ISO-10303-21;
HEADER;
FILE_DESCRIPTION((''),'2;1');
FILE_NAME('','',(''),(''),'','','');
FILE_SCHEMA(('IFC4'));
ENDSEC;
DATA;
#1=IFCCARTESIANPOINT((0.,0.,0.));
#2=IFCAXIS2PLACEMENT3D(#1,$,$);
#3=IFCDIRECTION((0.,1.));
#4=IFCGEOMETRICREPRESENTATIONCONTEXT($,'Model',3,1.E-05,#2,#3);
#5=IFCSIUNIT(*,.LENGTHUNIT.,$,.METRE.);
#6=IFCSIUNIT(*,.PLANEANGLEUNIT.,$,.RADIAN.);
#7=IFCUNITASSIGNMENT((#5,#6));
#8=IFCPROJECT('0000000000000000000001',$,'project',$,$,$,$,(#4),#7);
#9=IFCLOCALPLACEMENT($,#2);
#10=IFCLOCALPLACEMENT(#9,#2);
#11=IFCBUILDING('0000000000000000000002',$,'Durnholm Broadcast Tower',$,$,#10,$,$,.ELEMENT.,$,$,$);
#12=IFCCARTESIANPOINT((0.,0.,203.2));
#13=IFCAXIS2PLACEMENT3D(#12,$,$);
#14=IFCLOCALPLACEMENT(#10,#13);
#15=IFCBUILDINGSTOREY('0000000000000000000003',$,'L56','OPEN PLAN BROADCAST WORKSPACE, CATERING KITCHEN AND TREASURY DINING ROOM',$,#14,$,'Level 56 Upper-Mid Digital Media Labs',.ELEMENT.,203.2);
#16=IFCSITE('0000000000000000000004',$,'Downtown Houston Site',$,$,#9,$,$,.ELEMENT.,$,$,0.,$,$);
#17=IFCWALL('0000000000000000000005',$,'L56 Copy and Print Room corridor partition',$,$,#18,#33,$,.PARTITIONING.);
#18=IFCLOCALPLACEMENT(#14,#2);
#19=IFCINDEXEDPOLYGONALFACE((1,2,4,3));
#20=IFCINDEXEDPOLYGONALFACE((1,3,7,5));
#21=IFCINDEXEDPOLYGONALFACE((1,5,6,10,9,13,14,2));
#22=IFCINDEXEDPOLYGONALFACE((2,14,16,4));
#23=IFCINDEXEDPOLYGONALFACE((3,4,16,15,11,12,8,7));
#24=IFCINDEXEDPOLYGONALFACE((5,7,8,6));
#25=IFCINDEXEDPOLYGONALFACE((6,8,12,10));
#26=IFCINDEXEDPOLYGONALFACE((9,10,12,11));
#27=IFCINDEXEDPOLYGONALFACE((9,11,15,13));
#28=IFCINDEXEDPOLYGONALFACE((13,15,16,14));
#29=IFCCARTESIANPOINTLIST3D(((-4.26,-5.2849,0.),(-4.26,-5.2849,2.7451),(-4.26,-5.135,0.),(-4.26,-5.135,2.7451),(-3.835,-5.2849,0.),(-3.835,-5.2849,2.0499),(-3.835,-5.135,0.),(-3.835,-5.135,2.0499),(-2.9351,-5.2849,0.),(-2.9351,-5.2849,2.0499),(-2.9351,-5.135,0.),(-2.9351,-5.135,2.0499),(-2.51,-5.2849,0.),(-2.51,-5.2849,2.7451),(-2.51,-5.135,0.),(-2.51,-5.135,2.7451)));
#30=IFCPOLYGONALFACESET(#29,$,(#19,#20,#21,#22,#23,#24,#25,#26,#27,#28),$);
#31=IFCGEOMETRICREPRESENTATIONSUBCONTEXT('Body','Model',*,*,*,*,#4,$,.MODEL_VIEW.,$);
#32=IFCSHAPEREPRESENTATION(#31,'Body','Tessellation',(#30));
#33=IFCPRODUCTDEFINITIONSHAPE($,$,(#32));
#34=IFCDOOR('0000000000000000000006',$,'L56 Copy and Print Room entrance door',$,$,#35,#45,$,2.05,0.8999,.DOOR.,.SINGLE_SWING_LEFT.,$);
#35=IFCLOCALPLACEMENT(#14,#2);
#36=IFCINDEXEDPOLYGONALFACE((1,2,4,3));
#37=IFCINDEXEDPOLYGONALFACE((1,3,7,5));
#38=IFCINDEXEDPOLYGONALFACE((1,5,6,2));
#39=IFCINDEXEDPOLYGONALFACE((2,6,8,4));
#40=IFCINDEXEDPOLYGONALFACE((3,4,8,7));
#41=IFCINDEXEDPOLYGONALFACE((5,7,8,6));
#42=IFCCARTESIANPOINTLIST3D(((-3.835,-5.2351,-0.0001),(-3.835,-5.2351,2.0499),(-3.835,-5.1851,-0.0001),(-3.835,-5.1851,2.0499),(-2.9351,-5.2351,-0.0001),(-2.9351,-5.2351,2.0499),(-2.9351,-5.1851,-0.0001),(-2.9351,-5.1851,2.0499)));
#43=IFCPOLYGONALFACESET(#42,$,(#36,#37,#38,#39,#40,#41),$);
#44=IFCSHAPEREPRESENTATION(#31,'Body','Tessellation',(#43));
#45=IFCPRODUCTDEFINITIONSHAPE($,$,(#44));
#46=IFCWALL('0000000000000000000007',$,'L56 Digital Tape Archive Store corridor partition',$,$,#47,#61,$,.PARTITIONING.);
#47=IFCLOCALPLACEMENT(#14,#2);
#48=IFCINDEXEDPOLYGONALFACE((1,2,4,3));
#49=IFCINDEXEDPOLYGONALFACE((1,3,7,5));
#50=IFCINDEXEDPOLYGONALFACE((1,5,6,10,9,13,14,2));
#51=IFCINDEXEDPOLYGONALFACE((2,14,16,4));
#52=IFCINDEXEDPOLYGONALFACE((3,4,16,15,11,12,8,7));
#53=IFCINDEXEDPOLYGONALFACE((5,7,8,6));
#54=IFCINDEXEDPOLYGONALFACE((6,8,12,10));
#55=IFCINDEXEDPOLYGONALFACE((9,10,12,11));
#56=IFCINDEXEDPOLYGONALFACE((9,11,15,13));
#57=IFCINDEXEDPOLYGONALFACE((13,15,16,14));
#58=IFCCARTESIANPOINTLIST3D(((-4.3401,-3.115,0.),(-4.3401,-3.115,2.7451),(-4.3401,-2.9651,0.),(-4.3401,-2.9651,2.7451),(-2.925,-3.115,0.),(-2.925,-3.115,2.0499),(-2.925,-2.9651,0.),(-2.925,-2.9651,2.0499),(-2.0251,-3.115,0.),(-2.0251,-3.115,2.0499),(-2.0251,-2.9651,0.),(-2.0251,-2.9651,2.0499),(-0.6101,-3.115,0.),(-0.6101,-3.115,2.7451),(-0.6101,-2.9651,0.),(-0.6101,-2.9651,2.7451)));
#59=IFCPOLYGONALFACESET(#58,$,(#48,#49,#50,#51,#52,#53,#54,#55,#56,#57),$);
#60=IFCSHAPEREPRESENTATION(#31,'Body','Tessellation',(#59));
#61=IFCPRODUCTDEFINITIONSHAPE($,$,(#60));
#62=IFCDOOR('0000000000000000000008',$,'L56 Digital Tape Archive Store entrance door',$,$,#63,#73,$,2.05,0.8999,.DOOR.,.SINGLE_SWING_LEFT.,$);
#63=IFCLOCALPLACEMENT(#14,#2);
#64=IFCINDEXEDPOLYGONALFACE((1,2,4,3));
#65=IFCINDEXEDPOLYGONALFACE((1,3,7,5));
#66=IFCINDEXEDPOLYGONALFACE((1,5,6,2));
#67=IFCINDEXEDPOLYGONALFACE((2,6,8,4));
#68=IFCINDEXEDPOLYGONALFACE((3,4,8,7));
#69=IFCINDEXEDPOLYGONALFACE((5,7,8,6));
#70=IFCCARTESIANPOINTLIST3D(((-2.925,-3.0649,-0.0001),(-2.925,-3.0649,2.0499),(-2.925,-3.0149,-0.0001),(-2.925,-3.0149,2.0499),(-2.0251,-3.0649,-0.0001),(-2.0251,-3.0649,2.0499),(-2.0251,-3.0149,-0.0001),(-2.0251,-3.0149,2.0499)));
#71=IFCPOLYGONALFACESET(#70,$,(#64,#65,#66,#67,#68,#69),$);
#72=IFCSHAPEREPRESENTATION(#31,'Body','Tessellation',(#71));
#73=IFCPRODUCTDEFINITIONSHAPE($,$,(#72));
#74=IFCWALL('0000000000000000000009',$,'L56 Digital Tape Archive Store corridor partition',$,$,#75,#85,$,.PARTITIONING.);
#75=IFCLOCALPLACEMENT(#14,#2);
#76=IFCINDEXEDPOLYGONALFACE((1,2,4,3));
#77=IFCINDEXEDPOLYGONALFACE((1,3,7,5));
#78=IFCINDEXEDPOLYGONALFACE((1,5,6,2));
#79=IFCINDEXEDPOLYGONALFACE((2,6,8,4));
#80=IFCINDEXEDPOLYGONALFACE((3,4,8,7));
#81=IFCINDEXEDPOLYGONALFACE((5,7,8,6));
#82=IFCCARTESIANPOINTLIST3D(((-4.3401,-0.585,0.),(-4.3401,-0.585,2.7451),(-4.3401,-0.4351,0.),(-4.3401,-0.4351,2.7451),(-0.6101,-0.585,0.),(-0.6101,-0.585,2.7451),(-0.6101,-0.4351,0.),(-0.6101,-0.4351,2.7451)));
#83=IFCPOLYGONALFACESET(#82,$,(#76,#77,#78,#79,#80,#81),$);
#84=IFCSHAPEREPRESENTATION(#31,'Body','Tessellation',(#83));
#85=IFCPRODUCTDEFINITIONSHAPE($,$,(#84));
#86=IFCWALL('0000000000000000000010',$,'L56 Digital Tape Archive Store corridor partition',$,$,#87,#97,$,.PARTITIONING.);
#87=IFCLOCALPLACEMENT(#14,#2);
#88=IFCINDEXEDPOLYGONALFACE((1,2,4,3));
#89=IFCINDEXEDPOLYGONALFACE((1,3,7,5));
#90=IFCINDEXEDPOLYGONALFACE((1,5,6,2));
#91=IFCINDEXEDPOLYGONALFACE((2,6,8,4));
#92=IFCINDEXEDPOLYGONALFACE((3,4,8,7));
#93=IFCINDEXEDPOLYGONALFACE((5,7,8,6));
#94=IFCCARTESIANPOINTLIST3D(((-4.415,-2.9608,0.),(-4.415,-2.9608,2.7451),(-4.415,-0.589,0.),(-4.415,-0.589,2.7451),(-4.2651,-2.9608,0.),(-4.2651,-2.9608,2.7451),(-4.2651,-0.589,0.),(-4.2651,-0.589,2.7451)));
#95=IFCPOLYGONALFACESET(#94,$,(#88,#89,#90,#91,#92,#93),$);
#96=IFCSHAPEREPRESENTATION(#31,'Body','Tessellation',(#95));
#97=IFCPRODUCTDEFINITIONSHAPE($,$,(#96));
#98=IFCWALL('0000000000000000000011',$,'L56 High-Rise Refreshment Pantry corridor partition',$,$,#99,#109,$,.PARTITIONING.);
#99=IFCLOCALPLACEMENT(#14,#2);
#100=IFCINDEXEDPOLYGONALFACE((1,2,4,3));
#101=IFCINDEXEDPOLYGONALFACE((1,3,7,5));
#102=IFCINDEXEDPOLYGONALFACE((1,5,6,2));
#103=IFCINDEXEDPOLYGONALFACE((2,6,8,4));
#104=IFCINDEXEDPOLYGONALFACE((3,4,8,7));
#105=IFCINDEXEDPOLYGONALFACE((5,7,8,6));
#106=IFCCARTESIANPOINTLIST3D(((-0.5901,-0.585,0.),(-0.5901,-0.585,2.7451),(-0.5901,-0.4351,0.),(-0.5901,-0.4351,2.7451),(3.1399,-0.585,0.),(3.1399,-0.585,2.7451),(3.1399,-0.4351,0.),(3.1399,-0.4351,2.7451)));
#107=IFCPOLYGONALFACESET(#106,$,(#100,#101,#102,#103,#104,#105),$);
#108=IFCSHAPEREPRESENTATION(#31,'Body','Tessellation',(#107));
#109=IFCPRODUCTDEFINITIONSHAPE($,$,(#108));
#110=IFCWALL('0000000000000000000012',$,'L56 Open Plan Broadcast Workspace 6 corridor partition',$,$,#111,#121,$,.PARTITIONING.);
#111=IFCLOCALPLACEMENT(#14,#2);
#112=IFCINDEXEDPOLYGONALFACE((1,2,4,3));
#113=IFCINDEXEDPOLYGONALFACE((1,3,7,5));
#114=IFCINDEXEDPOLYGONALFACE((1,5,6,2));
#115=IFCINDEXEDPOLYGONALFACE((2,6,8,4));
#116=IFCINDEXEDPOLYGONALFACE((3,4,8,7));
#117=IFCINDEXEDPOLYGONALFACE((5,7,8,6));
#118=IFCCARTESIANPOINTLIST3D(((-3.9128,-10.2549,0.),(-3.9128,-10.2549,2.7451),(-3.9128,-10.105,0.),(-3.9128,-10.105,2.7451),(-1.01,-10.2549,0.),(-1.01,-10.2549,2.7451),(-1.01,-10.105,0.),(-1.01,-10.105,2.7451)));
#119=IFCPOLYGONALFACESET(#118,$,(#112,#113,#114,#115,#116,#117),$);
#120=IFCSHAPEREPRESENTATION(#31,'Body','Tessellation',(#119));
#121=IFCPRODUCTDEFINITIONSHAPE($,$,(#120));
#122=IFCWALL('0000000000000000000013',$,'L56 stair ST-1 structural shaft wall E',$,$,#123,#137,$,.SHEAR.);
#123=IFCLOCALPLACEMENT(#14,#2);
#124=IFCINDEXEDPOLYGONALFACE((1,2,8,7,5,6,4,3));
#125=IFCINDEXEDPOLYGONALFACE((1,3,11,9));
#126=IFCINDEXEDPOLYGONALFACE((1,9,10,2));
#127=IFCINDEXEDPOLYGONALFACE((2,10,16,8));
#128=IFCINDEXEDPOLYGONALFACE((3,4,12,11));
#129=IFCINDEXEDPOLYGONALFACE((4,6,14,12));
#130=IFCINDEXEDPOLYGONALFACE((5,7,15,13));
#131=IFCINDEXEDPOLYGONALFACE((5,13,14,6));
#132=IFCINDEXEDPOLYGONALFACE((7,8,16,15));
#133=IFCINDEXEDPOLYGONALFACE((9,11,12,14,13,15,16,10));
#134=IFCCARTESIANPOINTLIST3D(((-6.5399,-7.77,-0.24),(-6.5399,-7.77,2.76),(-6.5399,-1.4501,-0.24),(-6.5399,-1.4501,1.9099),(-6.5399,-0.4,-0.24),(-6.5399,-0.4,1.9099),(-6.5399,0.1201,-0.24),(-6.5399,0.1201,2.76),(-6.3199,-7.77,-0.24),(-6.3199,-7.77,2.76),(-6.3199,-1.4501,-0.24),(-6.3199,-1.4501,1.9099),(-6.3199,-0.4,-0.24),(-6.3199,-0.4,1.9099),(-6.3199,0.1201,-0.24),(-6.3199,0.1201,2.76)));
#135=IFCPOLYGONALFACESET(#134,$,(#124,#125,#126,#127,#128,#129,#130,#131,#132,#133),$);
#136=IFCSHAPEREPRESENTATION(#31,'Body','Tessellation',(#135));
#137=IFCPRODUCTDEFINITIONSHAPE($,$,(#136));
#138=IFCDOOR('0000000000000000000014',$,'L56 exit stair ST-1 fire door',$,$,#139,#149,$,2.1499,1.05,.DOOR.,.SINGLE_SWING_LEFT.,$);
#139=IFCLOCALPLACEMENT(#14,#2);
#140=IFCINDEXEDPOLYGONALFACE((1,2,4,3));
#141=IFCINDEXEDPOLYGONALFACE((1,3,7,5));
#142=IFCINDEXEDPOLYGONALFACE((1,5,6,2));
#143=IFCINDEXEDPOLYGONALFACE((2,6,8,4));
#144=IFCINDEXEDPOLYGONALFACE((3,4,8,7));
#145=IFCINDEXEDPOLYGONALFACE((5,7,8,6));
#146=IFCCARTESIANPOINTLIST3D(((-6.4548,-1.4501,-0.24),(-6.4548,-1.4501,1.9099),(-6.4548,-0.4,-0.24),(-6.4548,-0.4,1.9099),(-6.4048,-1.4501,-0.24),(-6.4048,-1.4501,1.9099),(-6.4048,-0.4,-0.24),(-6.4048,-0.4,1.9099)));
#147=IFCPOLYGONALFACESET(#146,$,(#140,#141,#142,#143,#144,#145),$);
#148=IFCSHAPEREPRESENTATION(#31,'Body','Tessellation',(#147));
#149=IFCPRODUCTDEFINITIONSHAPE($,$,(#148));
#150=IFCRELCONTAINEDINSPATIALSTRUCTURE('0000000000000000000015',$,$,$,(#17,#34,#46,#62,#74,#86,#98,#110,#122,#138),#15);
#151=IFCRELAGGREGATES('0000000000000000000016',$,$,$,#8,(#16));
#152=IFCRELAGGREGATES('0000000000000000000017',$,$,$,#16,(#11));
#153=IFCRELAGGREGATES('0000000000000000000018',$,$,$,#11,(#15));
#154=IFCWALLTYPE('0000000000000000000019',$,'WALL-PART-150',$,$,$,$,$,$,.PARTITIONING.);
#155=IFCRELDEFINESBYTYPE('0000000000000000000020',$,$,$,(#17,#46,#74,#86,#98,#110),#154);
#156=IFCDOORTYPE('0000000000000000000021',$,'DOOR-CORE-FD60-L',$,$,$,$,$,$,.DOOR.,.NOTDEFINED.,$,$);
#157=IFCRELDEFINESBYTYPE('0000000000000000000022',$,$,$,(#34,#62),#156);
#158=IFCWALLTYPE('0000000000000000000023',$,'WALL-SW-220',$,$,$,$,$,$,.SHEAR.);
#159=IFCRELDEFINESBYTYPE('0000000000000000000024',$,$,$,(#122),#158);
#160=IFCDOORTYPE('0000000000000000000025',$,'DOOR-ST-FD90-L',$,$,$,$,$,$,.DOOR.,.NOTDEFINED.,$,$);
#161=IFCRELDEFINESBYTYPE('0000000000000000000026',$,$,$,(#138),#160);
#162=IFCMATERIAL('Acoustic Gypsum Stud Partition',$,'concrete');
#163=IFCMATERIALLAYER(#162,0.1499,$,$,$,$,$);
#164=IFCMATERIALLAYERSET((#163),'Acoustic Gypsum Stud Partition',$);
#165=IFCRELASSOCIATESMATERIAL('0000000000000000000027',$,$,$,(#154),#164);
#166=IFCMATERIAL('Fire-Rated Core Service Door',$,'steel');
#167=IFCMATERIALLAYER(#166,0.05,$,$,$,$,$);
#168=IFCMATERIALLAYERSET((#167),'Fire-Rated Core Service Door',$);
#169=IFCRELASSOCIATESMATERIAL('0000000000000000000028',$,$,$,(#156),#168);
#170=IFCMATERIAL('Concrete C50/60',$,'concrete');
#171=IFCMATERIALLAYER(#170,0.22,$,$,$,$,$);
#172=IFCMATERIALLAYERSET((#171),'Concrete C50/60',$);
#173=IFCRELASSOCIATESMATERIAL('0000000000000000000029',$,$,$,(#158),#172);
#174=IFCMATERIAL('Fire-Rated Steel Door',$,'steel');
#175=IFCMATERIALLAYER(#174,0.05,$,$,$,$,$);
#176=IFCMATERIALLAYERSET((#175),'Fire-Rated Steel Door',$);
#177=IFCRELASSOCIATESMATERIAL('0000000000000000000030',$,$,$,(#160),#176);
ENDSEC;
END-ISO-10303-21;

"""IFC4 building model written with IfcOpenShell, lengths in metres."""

from ifc_helpers import new_model, si_unit, direction, frame, frame_2d, origin, place, context, subcontext, project, spatial, rectangle, extrude, source, transform, mapped, material, layer, layer_set, type_object, type_shapes, element, fill, save


model = new_model("IFC4")

# Units and contexts
model_context = context("Model", 3, precision=1e-05, world=origin(), true_north=direction((0.0, 1.0)))
body_context = subcontext(model_context, "Body", "Model", "MODEL_VIEW")
ifc_project = project(units=[si_unit("LENGTHUNIT", "METRE"), si_unit("PLANEANGLEUNIT", "RADIAN")], contexts=[model_context])

# Site, building, storey
site_placement = place(None, origin())
site = spatial("IfcSite", under=ifc_project, at=site_placement, Name="Downtown Houston Site", CompositionType="ELEMENT", RefElevation=0.0)
building_placement = place(site_placement, origin())
building = spatial("IfcBuilding", under=site, at=building_placement, Name="Durnholm Broadcast Tower", CompositionType="ELEMENT")
storey_placement = place(building_placement, frame((0.0, 0.0, 203.2)))
storey = spatial("IfcBuildingStorey", under=building, at=storey_placement, Name="L56", Description="OPEN PLAN BROADCAST WORKSPACE, CATERING KITCHEN AND TREASURY DINING ROOM", LongName="Level 56 Upper-Mid Digital Media Labs", CompositionType="ELEMENT", Elevation=203.2)

# Walls, openings, doors
ifc_material_1 = material(Name="Fire-Rated Core Service Door", Category="steel")
ifc_material_2 = material(Name="Acoustic Gypsum Stud Partition", Category="concrete")
ifc_layer_1 = layer(ifc_material_2, 0.1499)
ifc_layer_set_1 = layer_set([ifc_layer_1], Name="Acoustic Gypsum Stud Partition")
wall_type_1 = type_object("IfcWallType", Name="WALL-PART-150", PredefinedType="PARTITIONING", material=ifc_layer_set_1)
wall_1_placement = place(storey_placement, frame((-4.26, -5.21, 0.0), z_axis=(0.0, 0.0, 1.0), x_axis=(1.0, 0.0, 0.0)))
wall_1 = element("IfcWall", 1, at=wall_1_placement, inside=storey, type_object=wall_type_1, Name="L56 Copy and Print Room corridor partition", PredefinedType="PARTITIONING", context=body_context, shape_type="SweptSolid", body=[
    extrude(rectangle(XDim=1.75, YDim=0.1499, at=frame_2d((0.875, 0.0))), origin(), (0.0, 0.0, 1.0), 2.7451),
])
opening_1_placement = place(wall_1_placement, frame((0.425, 0.0, 0.0)))
opening_1 = element("IfcOpeningElement", 2, at=opening_1_placement, cuts=wall_1, PredefinedType="OPENING", context=body_context, shape_type="SweptSolid", body=[
    extrude(rectangle(XDim=0.8999, YDim=2.05, at=frame_2d((0.45, 1.0249))), frame((0.0, 0.085, 0.0), z_axis=(0.0, -1.0, 0.0), x_axis=(1.0, 0.0, 0.0)), (0.0, 0.0, 1.0), 0.1699),
])
ifc_layer_2 = layer(ifc_material_1, 0.05)
ifc_layer_set_2 = layer_set([ifc_layer_2], Name="Fire-Rated Core Service Door")
door_type_1 = type_object("IfcDoorType", Name="DOOR-CORE-FD60-L", OperationType="NOTDEFINED", PredefinedType="DOOR", material=ifc_layer_set_2)
shared_shape_1 = source(origin(), body_context, "Body", "SweptSolid", [
    extrude(rectangle(XDim=0.8999, YDim=2.05, at=frame_2d((0.45, 1.0249))), frame((0.0, 0.0249, 0.0), z_axis=(0.0, -1.0, 0.0), x_axis=(1.0, 0.0, 0.0)), (0.0, 0.0, 1.0), 0.05),
])
type_shapes(door_type_1, [shared_shape_1])
door_1_placement = place(opening_1_placement, origin())
door_1 = element("IfcDoor", 3, at=door_1_placement, inside=storey, type_object=door_type_1, Name="L56 Copy and Print Room entrance door", OperationType="SINGLE_SWING_LEFT", OverallHeight=2.05, OverallWidth=0.8999, PredefinedType="DOOR", context=body_context, shape_type="MappedRepresentation", body=[
    mapped(shared_shape_1, transform((0.0, 0.0, 0.0), x_axis=(1.0, 0.0, 0.0), y_axis=(0.0, 1.0, 0.0), z_axis=(0.0, 0.0, 1.0), scale=1.0)),
])
fill(opening_1, door_1)
wall_2_placement = place(storey_placement, frame((-0.6101, -3.04, 0.0), z_axis=(0.0, 0.0, 1.0), x_axis=(-1.0, 0.0, 0.0)))
wall_2 = element("IfcWall", 4, at=wall_2_placement, inside=storey, type_object=wall_type_1, Name="L56 Digital Tape Archive Store corridor partition", PredefinedType="PARTITIONING", context=body_context, shape_type="SweptSolid", body=[
    extrude(rectangle(XDim=3.73, YDim=0.1499, at=frame_2d((1.865, 0.0))), origin(), (0.0, 0.0, 1.0), 2.7451),
])
opening_2_placement = place(wall_2_placement, frame((1.415, 0.0, 0.0)))
opening_2 = element("IfcOpeningElement", 5, at=opening_2_placement, cuts=wall_2, PredefinedType="OPENING", context=body_context, shape_type="SweptSolid", body=[
    extrude(rectangle(XDim=0.8999, YDim=2.05, at=frame_2d((0.45, 1.0249))), frame((0.0, 0.085, 0.0), z_axis=(0.0, -1.0, 0.0), x_axis=(1.0, 0.0, 0.0)), (0.0, 0.0, 1.0), 0.1699),
])
door_2_placement = place(opening_2_placement, origin())
door_2 = element("IfcDoor", 6, at=door_2_placement, inside=storey, type_object=door_type_1, Name="L56 Digital Tape Archive Store entrance door", OperationType="SINGLE_SWING_LEFT", OverallHeight=2.05, OverallWidth=0.8999, PredefinedType="DOOR", context=body_context, shape_type="MappedRepresentation", body=[
    mapped(shared_shape_1, transform((0.0, 0.0, 0.0), x_axis=(1.0, 0.0, 0.0), y_axis=(0.0, 1.0, 0.0), z_axis=(0.0, 0.0, 1.0), scale=1.0)),
])
fill(opening_2, door_2)

# Walls
wall_3_placement = place(storey_placement, frame((-4.3401, -0.51, 0.0), z_axis=(0.0, 0.0, 1.0), x_axis=(1.0, 0.0, 0.0)))
element("IfcWall", 7, at=wall_3_placement, inside=storey, type_object=wall_type_1, Name="L56 Digital Tape Archive Store corridor partition", PredefinedType="PARTITIONING", context=body_context, shape_type="SweptSolid", body=[
    extrude(rectangle(XDim=3.73, YDim=0.1499, at=frame_2d((1.865, 0.0))), origin(), (0.0, 0.0, 1.0), 2.7451),
])
wall_4_placement = place(storey_placement, frame((-4.3401, -2.9609, 0.0), z_axis=(0.0, 0.0, 1.0), x_axis=(0.0, 1.0, 0.0)))
element("IfcWall", 8, at=wall_4_placement, inside=storey, type_object=wall_type_1, Name="L56 Digital Tape Archive Store corridor partition", PredefinedType="PARTITIONING", context=body_context, shape_type="SweptSolid", body=[
    extrude(rectangle(XDim=2.3718, YDim=0.1499, at=frame_2d((1.186, 0.0))), origin(), (0.0, 0.0, 1.0), 2.7451),
])
wall_5_placement = place(storey_placement, frame((-0.5901, -0.51, 0.0), z_axis=(0.0, 0.0, 1.0), x_axis=(1.0, 0.0, 0.0)))
element("IfcWall", 9, at=wall_5_placement, inside=storey, type_object=wall_type_1, Name="L56 High-Rise Refreshment Pantry corridor partition", PredefinedType="PARTITIONING", context=body_context, shape_type="SweptSolid", body=[
    extrude(rectangle(XDim=3.73, YDim=0.1499, at=frame_2d((1.865, 0.0))), origin(), (0.0, 0.0, 1.0), 2.7451),
])
wall_6_placement = place(storey_placement, frame((-3.9128, -10.1799, 0.0), z_axis=(0.0, 0.0, 1.0), x_axis=(1.0, 0.0, 0.0)))
element("IfcWall", 10, at=wall_6_placement, inside=storey, type_object=wall_type_1, Name="L56 Open Plan Broadcast Workspace 6 corridor partition", PredefinedType="PARTITIONING", context=body_context, shape_type="SweptSolid", body=[
    extrude(rectangle(XDim=2.9028, YDim=0.1499, at=frame_2d((1.4514, 0.0))), origin(), (0.0, 0.0, 1.0), 2.7451),
])

# Wall, opening, door
ifc_material_3 = material(Name="Concrete C50/60", Category="concrete")
ifc_layer_3 = layer(ifc_material_3, 0.22)
ifc_layer_set_3 = layer_set([ifc_layer_3], Name="Concrete C50/60")
wall_type_2 = type_object("IfcWallType", Name="WALL-SW-220", PredefinedType="SHEAR", material=ifc_layer_set_3)
wall_7_placement = place(storey_placement, frame((-6.4299, -7.77, -0.24), z_axis=(0.0, 0.0, 1.0), x_axis=(0.0, 1.0, 0.0)))
wall_7 = element("IfcWall", 11, at=wall_7_placement, inside=storey, type_object=wall_type_2, Name="L56 stair ST-1 structural shaft wall E", PredefinedType="SHEAR", context=body_context, shape_type="SweptSolid", body=[
    extrude(rectangle(XDim=7.8901, YDim=0.22, at=frame_2d((3.9451, 0.0))), origin(), (0.0, 0.0, 1.0), 3.0),
])
opening_3_placement = place(wall_7_placement, frame((6.3201, 0.0, 0.0)))
opening_3 = element("IfcOpeningElement", 12, at=opening_3_placement, cuts=wall_7, PredefinedType="OPENING", context=body_context, shape_type="SweptSolid", body=[
    extrude(rectangle(XDim=1.05, YDim=2.1499, at=frame_2d((0.5249, 1.075))), frame((0.0, 0.1201, 0.0), z_axis=(0.0, -1.0, 0.0), x_axis=(1.0, 0.0, 0.0)), (0.0, 0.0, 1.0), 0.24),
])
ifc_material_4 = material(Name="Fire-Rated Steel Door", Category="steel")
ifc_layer_4 = layer(ifc_material_4, 0.05)
ifc_layer_set_4 = layer_set([ifc_layer_4], Name="Fire-Rated Steel Door")
door_type_2 = type_object("IfcDoorType", Name="DOOR-ST-FD90-L", OperationType="NOTDEFINED", PredefinedType="DOOR", material=ifc_layer_set_4)
shared_shape_2 = source(origin(), body_context, "Body", "SweptSolid", [
    extrude(rectangle(XDim=1.05, YDim=2.1499, at=frame_2d((0.5249, 1.075))), frame((0.0, 0.0249, 0.0), z_axis=(0.0, -1.0, 0.0), x_axis=(1.0, 0.0, 0.0)), (0.0, 0.0, 1.0), 0.05),
])
type_shapes(door_type_2, [shared_shape_2])
door_3_placement = place(opening_3_placement, origin())
door_3 = element("IfcDoor", 13, at=door_3_placement, inside=storey, type_object=door_type_2, Name="L56 exit stair ST-1 fire door", OperationType="SINGLE_SWING_LEFT", OverallHeight=2.1499, OverallWidth=1.05, PredefinedType="DOOR", context=body_context, shape_type="MappedRepresentation", body=[
    mapped(shared_shape_2, transform((0.0, 0.0, 0.0), x_axis=(1.0, 0.0, 0.0), y_axis=(0.0, 1.0, 0.0), z_axis=(0.0, 0.0, 1.0), scale=1.0)),
])
fill(opening_3, door_3)

save(model, "model.ifc")
